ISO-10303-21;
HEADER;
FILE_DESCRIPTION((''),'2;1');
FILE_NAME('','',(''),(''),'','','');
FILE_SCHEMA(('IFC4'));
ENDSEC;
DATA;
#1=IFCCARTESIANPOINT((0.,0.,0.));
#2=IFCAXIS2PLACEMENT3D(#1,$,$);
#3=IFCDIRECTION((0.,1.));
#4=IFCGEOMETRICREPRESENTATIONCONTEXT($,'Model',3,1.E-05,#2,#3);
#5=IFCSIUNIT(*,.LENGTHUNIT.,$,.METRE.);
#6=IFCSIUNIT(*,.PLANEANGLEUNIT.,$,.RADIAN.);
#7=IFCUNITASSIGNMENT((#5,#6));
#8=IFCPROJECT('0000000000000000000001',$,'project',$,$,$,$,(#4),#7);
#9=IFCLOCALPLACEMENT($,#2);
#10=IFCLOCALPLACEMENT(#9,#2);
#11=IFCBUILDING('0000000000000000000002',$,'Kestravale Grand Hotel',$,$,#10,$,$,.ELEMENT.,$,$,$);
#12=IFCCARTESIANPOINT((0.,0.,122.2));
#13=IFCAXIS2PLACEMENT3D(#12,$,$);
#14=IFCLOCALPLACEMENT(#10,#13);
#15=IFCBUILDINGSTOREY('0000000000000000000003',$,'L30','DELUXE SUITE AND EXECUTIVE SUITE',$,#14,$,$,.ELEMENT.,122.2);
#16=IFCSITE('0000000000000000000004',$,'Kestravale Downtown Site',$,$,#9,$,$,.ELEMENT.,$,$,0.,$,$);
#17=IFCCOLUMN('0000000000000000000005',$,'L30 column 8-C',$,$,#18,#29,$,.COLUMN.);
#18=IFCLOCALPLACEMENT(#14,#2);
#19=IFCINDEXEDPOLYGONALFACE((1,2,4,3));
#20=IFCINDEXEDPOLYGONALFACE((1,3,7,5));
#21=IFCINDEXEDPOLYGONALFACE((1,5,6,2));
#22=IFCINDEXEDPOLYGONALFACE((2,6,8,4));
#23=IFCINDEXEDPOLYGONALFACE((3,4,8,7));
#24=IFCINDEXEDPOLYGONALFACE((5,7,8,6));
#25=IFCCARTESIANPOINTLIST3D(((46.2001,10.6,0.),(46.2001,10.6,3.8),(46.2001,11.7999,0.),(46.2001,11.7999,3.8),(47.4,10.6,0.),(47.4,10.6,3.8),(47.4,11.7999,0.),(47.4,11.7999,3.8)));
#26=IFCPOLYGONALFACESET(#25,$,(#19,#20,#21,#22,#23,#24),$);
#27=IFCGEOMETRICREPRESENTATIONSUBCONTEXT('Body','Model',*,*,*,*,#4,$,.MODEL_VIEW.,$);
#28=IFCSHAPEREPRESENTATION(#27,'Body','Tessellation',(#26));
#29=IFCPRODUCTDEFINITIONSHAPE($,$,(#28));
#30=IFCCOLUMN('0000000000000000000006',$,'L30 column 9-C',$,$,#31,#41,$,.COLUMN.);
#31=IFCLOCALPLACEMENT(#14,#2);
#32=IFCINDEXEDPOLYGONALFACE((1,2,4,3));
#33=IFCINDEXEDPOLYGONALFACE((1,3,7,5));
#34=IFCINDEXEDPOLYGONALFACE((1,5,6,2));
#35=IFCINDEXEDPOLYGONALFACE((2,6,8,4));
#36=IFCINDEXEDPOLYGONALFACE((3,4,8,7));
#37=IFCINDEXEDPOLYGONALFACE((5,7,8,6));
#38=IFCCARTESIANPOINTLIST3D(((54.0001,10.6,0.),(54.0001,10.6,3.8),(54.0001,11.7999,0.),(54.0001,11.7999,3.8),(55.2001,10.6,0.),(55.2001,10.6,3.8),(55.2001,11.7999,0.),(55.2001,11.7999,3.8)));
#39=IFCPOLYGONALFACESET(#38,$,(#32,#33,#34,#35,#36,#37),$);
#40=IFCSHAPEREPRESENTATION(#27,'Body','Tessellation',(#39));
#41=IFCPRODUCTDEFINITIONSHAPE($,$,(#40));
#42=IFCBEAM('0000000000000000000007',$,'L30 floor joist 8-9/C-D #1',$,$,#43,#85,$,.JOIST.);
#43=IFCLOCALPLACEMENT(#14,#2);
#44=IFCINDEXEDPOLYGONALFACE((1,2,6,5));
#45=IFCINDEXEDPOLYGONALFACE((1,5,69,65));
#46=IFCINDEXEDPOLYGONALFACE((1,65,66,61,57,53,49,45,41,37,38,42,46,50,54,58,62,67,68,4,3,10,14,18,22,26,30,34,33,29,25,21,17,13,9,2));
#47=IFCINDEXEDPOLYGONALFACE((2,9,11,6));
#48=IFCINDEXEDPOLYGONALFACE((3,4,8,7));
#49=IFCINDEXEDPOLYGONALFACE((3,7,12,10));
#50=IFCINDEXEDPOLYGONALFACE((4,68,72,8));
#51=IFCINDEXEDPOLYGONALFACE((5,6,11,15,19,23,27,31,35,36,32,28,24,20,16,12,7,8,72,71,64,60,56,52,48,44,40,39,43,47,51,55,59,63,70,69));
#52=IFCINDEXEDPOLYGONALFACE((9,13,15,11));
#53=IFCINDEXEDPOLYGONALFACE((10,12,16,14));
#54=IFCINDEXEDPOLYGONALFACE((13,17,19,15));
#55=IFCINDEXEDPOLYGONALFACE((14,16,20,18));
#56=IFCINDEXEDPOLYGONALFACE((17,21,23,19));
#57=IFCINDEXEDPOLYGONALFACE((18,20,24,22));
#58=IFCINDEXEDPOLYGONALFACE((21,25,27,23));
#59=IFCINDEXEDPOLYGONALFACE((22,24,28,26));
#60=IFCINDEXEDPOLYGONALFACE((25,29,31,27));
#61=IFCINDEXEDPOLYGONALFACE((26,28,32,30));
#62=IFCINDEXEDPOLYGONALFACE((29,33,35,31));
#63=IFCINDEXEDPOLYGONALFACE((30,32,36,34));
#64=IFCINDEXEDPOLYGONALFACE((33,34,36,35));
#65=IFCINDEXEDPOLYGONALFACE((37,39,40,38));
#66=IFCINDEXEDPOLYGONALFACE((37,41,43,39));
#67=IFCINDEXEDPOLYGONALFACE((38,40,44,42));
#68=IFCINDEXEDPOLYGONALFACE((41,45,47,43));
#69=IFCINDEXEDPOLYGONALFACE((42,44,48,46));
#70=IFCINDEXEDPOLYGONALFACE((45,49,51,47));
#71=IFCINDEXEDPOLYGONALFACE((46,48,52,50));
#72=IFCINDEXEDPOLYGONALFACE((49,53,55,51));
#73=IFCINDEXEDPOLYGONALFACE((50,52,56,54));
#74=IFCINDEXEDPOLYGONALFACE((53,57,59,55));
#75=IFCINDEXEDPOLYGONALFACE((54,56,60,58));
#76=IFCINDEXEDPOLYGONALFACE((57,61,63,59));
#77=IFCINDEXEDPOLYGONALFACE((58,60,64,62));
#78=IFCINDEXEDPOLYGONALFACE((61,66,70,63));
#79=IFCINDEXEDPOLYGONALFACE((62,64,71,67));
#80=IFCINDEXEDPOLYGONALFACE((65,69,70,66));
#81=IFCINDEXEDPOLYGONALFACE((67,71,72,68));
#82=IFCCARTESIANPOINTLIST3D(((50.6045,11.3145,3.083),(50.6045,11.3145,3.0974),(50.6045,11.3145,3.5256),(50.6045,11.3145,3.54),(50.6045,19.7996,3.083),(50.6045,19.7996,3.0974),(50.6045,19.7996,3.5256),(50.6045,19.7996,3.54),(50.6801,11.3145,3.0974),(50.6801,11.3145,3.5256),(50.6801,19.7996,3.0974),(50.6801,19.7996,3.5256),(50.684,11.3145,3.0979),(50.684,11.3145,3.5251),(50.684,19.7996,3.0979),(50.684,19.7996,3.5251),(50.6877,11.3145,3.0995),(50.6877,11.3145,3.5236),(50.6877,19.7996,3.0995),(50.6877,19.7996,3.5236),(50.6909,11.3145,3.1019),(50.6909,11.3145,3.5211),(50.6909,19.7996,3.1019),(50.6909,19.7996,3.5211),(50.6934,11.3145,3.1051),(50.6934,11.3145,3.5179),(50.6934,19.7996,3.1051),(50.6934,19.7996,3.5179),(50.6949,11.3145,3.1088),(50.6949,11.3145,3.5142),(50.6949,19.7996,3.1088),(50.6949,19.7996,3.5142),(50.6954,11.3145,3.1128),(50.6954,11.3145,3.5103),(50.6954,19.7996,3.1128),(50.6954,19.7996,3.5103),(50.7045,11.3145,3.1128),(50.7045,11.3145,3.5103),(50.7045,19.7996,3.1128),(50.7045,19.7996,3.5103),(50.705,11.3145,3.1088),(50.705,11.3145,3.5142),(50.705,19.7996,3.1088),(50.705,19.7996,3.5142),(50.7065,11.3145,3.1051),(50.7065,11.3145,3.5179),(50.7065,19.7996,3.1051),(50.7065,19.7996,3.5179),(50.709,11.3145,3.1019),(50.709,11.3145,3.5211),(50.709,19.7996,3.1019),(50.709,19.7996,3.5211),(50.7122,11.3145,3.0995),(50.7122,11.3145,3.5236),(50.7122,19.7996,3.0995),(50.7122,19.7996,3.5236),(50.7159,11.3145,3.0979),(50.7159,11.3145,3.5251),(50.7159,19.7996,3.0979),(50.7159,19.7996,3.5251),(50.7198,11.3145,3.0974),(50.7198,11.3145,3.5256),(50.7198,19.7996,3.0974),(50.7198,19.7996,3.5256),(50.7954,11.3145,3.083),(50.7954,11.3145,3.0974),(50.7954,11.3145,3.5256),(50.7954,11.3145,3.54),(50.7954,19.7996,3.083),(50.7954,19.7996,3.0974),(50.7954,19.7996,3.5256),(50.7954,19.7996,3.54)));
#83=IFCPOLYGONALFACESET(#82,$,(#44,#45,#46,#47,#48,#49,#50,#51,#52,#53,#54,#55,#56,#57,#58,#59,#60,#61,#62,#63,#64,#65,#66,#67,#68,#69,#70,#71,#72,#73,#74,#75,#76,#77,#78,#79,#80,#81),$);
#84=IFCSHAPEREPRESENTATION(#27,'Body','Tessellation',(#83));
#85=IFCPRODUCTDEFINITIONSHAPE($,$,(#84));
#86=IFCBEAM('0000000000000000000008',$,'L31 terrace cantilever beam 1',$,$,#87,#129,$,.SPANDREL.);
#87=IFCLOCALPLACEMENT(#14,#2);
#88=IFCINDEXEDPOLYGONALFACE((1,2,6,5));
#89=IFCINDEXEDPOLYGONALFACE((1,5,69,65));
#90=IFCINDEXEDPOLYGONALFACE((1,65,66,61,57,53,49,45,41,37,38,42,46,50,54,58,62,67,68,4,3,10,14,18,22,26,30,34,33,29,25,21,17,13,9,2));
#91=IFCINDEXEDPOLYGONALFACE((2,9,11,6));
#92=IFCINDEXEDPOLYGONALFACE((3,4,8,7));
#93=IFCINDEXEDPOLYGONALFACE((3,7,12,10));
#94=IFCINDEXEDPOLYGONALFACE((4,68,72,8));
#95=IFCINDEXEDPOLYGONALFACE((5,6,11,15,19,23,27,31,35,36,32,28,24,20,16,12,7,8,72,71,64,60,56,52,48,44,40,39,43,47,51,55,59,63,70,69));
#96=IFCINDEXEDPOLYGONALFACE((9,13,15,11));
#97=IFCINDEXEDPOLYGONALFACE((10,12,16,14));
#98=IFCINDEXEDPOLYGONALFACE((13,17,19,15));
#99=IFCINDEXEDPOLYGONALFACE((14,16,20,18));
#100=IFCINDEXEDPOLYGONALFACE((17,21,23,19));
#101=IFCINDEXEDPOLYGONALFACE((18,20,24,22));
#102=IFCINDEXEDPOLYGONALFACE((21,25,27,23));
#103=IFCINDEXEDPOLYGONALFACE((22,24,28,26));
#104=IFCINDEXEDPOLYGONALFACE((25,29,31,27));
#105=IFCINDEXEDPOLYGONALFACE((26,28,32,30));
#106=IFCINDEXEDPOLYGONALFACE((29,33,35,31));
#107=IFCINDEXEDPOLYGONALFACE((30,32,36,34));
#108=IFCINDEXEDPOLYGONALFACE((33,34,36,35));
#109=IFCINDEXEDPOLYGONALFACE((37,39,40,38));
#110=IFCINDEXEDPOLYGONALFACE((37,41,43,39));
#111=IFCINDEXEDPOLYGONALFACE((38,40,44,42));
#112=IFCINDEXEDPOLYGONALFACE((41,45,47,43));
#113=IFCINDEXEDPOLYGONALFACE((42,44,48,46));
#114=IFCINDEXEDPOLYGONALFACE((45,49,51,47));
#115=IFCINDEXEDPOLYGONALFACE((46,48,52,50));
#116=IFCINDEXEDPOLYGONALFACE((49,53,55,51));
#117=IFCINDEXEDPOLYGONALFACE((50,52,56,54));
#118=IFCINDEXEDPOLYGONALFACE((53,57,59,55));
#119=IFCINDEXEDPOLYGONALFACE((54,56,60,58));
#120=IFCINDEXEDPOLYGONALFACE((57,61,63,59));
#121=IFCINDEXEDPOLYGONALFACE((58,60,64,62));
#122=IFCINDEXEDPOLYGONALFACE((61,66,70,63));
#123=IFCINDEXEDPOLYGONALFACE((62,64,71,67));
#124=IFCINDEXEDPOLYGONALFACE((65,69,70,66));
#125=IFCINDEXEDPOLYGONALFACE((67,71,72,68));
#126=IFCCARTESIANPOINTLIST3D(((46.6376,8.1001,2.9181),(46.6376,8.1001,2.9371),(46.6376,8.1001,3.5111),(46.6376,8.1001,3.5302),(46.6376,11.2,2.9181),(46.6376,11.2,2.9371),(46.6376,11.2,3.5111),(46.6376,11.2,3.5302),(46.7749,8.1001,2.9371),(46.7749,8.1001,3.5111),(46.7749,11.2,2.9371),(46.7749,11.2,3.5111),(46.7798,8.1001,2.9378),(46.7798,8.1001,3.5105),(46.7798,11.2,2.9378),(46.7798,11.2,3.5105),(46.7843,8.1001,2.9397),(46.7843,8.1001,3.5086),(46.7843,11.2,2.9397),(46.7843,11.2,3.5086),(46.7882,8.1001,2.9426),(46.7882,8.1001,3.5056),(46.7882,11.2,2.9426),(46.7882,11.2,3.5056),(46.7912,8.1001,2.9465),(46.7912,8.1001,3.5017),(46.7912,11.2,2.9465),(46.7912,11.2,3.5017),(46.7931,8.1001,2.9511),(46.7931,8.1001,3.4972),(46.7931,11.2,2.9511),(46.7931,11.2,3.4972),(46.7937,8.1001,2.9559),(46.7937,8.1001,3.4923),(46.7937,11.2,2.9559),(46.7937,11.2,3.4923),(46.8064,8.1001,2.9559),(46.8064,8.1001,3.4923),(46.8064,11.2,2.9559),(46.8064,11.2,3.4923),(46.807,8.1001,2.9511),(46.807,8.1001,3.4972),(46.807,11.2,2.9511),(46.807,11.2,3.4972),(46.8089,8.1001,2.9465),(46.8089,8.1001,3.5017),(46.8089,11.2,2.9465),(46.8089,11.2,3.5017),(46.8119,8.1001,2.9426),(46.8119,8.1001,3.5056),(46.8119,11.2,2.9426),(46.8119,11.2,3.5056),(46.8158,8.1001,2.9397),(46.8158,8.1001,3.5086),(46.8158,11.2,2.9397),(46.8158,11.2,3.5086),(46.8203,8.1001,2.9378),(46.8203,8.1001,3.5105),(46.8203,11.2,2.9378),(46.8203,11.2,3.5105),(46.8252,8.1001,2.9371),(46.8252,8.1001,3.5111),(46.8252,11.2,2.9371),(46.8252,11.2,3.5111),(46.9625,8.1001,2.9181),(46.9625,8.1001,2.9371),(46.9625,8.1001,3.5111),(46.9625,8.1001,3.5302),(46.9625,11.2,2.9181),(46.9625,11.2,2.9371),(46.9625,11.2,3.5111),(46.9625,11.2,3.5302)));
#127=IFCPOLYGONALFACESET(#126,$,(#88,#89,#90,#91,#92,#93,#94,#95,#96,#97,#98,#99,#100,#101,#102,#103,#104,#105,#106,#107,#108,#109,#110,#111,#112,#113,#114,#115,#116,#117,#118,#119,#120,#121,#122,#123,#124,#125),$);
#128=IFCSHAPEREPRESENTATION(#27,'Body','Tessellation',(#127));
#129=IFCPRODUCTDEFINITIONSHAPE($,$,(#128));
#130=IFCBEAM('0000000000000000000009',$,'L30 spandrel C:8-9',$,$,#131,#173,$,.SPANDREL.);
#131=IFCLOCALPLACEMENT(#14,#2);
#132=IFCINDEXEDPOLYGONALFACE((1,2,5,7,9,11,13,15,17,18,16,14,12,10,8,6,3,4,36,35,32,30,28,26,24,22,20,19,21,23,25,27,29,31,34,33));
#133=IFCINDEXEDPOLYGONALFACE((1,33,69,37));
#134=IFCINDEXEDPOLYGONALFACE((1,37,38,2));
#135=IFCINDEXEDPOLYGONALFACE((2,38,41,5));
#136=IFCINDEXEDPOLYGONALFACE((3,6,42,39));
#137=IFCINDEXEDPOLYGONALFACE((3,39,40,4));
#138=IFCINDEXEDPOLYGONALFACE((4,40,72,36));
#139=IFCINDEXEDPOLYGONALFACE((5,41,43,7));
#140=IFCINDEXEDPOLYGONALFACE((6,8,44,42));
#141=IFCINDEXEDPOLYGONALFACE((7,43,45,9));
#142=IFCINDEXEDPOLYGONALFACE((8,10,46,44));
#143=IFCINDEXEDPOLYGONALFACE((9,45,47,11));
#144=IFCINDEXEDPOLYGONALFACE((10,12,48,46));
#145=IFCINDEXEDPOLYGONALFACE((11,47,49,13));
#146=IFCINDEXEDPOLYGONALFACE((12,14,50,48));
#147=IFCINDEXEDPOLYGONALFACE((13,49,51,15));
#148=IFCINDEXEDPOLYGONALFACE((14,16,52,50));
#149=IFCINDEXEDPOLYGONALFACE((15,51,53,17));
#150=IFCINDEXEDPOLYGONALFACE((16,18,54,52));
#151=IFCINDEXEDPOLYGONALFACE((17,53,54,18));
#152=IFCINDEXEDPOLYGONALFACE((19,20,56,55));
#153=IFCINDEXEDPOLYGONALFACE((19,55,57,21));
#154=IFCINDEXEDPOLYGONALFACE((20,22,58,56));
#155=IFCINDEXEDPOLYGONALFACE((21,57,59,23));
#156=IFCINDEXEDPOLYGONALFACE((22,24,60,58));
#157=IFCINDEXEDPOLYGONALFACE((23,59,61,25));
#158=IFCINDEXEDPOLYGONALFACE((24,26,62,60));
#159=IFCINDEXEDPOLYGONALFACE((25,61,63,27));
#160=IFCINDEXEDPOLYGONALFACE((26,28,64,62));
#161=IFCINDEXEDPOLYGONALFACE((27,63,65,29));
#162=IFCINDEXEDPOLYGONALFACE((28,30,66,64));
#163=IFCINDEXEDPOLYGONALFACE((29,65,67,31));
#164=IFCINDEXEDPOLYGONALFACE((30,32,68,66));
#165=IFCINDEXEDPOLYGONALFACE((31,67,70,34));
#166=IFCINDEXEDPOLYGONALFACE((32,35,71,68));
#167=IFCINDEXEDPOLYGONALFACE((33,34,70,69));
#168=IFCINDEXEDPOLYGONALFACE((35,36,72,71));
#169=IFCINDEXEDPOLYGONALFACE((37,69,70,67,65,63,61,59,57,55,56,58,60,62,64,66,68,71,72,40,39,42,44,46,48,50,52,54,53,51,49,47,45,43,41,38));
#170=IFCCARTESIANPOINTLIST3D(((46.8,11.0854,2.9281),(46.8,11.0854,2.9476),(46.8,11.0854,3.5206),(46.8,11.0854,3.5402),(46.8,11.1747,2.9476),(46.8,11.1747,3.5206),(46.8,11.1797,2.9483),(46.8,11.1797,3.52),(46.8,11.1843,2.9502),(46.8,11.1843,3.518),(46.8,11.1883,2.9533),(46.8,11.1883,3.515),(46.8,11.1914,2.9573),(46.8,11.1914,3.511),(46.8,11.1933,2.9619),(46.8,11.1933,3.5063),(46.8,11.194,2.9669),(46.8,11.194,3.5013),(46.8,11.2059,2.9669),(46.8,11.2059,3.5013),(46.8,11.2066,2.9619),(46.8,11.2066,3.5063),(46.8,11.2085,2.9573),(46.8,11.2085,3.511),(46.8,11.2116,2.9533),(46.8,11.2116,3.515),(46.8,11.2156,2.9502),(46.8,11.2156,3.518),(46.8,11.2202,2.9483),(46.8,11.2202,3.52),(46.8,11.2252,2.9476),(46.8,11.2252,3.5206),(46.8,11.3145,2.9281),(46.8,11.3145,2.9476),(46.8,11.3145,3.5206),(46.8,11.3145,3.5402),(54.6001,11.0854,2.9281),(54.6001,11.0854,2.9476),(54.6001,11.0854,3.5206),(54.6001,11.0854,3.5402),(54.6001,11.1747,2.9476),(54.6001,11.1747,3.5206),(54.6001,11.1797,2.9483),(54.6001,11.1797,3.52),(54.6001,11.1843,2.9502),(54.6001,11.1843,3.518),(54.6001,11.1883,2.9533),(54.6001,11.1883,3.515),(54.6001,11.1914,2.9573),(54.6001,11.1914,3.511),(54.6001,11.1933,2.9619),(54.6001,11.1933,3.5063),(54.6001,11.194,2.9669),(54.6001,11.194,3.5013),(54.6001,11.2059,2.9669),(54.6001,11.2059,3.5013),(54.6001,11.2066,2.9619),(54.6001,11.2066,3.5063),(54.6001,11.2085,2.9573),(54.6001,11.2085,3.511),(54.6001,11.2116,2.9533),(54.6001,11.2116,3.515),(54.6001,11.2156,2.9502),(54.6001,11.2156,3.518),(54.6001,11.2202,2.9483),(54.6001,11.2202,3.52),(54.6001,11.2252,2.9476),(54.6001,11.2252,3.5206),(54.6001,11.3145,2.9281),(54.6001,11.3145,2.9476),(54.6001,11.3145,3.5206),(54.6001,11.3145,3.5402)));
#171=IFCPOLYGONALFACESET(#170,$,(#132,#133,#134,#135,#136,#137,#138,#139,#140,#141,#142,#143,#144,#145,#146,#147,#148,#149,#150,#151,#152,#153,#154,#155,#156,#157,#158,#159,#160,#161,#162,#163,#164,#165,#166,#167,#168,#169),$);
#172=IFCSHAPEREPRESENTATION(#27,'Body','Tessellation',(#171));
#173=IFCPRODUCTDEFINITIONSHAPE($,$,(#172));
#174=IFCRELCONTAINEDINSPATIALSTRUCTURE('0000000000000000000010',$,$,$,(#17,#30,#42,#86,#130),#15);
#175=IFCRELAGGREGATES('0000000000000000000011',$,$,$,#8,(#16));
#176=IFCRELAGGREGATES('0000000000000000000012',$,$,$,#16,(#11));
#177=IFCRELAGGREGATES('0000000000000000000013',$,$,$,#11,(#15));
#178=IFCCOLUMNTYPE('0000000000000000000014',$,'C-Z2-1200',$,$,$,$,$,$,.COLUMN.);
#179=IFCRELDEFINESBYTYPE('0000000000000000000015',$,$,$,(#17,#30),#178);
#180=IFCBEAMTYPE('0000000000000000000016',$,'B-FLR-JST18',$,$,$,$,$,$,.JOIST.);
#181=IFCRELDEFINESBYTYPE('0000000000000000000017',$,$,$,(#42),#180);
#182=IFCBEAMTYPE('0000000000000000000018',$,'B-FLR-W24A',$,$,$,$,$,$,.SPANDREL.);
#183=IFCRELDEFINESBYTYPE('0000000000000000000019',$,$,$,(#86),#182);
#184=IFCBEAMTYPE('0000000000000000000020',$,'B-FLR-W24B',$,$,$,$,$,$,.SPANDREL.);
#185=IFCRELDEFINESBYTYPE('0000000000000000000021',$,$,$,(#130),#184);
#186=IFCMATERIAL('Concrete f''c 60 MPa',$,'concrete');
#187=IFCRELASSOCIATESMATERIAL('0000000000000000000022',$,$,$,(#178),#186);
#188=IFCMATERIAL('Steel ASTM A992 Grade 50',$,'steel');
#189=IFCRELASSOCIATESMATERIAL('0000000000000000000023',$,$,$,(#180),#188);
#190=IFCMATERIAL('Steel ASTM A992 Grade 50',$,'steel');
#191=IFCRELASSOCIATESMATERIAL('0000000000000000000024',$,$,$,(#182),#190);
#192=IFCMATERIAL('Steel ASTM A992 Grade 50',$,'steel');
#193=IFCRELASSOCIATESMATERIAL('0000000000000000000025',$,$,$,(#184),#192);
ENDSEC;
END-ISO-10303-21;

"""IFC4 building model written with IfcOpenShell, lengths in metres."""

from ifc_helpers import new_model, si_unit, direction, frame, origin, origin_2d, place, context, subcontext, project, spatial, rectangle, i_section, extrude, material, material_profile, profile_set, type_object, element, save


model = new_model("IFC4")

# Units and contexts
model_context = context("Model", 3, precision=1e-05, world=origin(), true_north=direction((0.0, 1.0)))
body_context = subcontext(model_context, "Body", "Model", "MODEL_VIEW")
ifc_project = project(units=[si_unit("LENGTHUNIT", "METRE"), si_unit("PLANEANGLEUNIT", "RADIAN")], contexts=[model_context])

# Site, building, storey
site_placement = place(None, origin())
site = spatial("IfcSite", under=ifc_project, at=site_placement, Name="Kestravale Downtown Site", CompositionType="ELEMENT", RefElevation=0.0)
building_placement = place(site_placement, origin())
building = spatial("IfcBuilding", under=site, at=building_placement, Name="Kestravale Grand Hotel", CompositionType="ELEMENT")
storey_placement = place(building_placement, frame((0.0, 0.0, 122.2)))
storey = spatial("IfcBuildingStorey", under=building, at=storey_placement, Name="L30", Description="DELUXE SUITE AND EXECUTIVE SUITE", CompositionType="ELEMENT", Elevation=122.2)

# Columns
ifc_material_1 = material(Name="Concrete f'c 60 MPa", Category="concrete")
ifc_material_profile_1 = material_profile(ifc_material_1, rectangle(XDim=1.2, YDim=1.2, at=origin_2d()))
ifc_profile_set_1 = profile_set([ifc_material_profile_1], Name="Concrete f'c 60 MPa")
column_type = type_object("IfcColumnType", Name="C-Z2-1200", PredefinedType="COLUMN", material=ifc_profile_set_1)
for number, where, z_axis, x_axis, name in (
    (1, (46.8, 11.2, 0.0), (0.0, 0.0, 1.0), (1.0, 0.0, 0.0), "L30 column 8-C"),
    (2, (54.6001, 11.2, 0.0), (0.0, 0.0, 1.0), (1.0, 0.0, 0.0), "L30 column 9-C"),
):
    element("IfcColumn", number, at=place(storey_placement, frame(where, z_axis=z_axis, x_axis=x_axis)), inside=storey, type_object=column_type, Name=name, PredefinedType="COLUMN", context=body_context, shape_type="SweptSolid", body=[
        extrude(rectangle(XDim=1.2, YDim=1.2, at=origin_2d()), origin(), (0.0, 0.0, 1.0), 3.8),
    ])

# Beams
ifc_material_2 = material(Name="Steel ASTM A992 Grade 50", Category="steel")
ifc_material_profile_2 = material_profile(ifc_material_2, i_section(OverallWidth=0.1909, OverallDepth=0.457, WebThickness=0.009, FlangeThickness=0.0144, FilletRadius=0.0154, at=origin_2d()))
ifc_profile_set_2 = profile_set([ifc_material_profile_2], Name="Steel ASTM A992 Grade 50")
beam_type_1 = type_object("IfcBeamType", Name="B-FLR-JST18", PredefinedType="JOIST", material=ifc_profile_set_2)
beam_1_placement = place(storey_placement, frame((50.7, 11.3145, 3.3115), z_axis=(0.0, 1.0, 0.0), x_axis=(-1.0, 0.0, 0.0)))
element("IfcBeam", 3, at=beam_1_placement, inside=storey, type_object=beam_type_1, Name="L30 floor joist 8-9/C-D #1", PredefinedType="JOIST", context=body_context, shape_type="SweptSolid", body=[
    extrude(i_section(OverallWidth=0.1909, OverallDepth=0.457, WebThickness=0.009, FlangeThickness=0.0144, FilletRadius=0.0154, at=origin_2d()), origin(), (0.0, 0.0, 1.0), 8.4851),
])
ifc_material_3 = material(Name="Steel ASTM A992 Grade 50", Category="steel")
ifc_material_profile_3 = material_profile(ifc_material_3, i_section(OverallWidth=0.325, OverallDepth=0.6121, WebThickness=0.0127, FlangeThickness=0.019, FilletRadius=0.0188, at=origin_2d()))
ifc_profile_set_3 = profile_set([ifc_material_profile_3], Name="Steel ASTM A992 Grade 50")
beam_type_2 = type_object("IfcBeamType", Name="B-FLR-W24A", PredefinedType="SPANDREL", material=ifc_profile_set_3)
beam_2_placement = place(storey_placement, frame((46.8, 11.2, 3.2241), z_axis=(0.0, -1.0, 0.0), x_axis=(1.0, 0.0, 0.0)))
element("IfcBeam", 4, at=beam_2_placement, inside=storey, type_object=beam_type_2, Name="L31 terrace cantilever beam 1", PredefinedType="SPANDREL", context=body_context, shape_type="SweptSolid", body=[
    extrude(i_section(OverallWidth=0.325, OverallDepth=0.6121, WebThickness=0.0127, FlangeThickness=0.019, FilletRadius=0.0188, at=origin_2d()), origin(), (0.0, 0.0, 1.0), 3.0999),
])
ifc_material_4 = material(Name="Steel ASTM A992 Grade 50", Category="steel")
ifc_material_profile_4 = material_profile(ifc_material_4, i_section(OverallWidth=0.229, OverallDepth=0.6121, WebThickness=0.012, FlangeThickness=0.0195, FilletRadius=0.0193, at=origin_2d()))
ifc_profile_set_4 = profile_set([ifc_material_profile_4], Name="Steel ASTM A992 Grade 50")
beam_type_3 = type_object("IfcBeamType", Name="B-FLR-W24B", PredefinedType="SPANDREL", material=ifc_profile_set_4)
beam_3_placement = place(storey_placement, frame((46.8, 11.2, 3.2341), z_axis=(1.0, 0.0, 0.0), x_axis=(0.0, 1.0, 0.0)))
element("IfcBeam", 5, at=beam_3_placement, inside=storey, type_object=beam_type_3, Name="L30 spandrel C:8-9", PredefinedType="SPANDREL", context=body_context, shape_type="SweptSolid", body=[
    extrude(i_section(OverallWidth=0.229, OverallDepth=0.6121, WebThickness=0.012, FlangeThickness=0.0195, FilletRadius=0.0193, at=origin_2d()), origin(), (0.0, 0.0, 1.0), 7.8),
])

save(model, "model.ifc")
